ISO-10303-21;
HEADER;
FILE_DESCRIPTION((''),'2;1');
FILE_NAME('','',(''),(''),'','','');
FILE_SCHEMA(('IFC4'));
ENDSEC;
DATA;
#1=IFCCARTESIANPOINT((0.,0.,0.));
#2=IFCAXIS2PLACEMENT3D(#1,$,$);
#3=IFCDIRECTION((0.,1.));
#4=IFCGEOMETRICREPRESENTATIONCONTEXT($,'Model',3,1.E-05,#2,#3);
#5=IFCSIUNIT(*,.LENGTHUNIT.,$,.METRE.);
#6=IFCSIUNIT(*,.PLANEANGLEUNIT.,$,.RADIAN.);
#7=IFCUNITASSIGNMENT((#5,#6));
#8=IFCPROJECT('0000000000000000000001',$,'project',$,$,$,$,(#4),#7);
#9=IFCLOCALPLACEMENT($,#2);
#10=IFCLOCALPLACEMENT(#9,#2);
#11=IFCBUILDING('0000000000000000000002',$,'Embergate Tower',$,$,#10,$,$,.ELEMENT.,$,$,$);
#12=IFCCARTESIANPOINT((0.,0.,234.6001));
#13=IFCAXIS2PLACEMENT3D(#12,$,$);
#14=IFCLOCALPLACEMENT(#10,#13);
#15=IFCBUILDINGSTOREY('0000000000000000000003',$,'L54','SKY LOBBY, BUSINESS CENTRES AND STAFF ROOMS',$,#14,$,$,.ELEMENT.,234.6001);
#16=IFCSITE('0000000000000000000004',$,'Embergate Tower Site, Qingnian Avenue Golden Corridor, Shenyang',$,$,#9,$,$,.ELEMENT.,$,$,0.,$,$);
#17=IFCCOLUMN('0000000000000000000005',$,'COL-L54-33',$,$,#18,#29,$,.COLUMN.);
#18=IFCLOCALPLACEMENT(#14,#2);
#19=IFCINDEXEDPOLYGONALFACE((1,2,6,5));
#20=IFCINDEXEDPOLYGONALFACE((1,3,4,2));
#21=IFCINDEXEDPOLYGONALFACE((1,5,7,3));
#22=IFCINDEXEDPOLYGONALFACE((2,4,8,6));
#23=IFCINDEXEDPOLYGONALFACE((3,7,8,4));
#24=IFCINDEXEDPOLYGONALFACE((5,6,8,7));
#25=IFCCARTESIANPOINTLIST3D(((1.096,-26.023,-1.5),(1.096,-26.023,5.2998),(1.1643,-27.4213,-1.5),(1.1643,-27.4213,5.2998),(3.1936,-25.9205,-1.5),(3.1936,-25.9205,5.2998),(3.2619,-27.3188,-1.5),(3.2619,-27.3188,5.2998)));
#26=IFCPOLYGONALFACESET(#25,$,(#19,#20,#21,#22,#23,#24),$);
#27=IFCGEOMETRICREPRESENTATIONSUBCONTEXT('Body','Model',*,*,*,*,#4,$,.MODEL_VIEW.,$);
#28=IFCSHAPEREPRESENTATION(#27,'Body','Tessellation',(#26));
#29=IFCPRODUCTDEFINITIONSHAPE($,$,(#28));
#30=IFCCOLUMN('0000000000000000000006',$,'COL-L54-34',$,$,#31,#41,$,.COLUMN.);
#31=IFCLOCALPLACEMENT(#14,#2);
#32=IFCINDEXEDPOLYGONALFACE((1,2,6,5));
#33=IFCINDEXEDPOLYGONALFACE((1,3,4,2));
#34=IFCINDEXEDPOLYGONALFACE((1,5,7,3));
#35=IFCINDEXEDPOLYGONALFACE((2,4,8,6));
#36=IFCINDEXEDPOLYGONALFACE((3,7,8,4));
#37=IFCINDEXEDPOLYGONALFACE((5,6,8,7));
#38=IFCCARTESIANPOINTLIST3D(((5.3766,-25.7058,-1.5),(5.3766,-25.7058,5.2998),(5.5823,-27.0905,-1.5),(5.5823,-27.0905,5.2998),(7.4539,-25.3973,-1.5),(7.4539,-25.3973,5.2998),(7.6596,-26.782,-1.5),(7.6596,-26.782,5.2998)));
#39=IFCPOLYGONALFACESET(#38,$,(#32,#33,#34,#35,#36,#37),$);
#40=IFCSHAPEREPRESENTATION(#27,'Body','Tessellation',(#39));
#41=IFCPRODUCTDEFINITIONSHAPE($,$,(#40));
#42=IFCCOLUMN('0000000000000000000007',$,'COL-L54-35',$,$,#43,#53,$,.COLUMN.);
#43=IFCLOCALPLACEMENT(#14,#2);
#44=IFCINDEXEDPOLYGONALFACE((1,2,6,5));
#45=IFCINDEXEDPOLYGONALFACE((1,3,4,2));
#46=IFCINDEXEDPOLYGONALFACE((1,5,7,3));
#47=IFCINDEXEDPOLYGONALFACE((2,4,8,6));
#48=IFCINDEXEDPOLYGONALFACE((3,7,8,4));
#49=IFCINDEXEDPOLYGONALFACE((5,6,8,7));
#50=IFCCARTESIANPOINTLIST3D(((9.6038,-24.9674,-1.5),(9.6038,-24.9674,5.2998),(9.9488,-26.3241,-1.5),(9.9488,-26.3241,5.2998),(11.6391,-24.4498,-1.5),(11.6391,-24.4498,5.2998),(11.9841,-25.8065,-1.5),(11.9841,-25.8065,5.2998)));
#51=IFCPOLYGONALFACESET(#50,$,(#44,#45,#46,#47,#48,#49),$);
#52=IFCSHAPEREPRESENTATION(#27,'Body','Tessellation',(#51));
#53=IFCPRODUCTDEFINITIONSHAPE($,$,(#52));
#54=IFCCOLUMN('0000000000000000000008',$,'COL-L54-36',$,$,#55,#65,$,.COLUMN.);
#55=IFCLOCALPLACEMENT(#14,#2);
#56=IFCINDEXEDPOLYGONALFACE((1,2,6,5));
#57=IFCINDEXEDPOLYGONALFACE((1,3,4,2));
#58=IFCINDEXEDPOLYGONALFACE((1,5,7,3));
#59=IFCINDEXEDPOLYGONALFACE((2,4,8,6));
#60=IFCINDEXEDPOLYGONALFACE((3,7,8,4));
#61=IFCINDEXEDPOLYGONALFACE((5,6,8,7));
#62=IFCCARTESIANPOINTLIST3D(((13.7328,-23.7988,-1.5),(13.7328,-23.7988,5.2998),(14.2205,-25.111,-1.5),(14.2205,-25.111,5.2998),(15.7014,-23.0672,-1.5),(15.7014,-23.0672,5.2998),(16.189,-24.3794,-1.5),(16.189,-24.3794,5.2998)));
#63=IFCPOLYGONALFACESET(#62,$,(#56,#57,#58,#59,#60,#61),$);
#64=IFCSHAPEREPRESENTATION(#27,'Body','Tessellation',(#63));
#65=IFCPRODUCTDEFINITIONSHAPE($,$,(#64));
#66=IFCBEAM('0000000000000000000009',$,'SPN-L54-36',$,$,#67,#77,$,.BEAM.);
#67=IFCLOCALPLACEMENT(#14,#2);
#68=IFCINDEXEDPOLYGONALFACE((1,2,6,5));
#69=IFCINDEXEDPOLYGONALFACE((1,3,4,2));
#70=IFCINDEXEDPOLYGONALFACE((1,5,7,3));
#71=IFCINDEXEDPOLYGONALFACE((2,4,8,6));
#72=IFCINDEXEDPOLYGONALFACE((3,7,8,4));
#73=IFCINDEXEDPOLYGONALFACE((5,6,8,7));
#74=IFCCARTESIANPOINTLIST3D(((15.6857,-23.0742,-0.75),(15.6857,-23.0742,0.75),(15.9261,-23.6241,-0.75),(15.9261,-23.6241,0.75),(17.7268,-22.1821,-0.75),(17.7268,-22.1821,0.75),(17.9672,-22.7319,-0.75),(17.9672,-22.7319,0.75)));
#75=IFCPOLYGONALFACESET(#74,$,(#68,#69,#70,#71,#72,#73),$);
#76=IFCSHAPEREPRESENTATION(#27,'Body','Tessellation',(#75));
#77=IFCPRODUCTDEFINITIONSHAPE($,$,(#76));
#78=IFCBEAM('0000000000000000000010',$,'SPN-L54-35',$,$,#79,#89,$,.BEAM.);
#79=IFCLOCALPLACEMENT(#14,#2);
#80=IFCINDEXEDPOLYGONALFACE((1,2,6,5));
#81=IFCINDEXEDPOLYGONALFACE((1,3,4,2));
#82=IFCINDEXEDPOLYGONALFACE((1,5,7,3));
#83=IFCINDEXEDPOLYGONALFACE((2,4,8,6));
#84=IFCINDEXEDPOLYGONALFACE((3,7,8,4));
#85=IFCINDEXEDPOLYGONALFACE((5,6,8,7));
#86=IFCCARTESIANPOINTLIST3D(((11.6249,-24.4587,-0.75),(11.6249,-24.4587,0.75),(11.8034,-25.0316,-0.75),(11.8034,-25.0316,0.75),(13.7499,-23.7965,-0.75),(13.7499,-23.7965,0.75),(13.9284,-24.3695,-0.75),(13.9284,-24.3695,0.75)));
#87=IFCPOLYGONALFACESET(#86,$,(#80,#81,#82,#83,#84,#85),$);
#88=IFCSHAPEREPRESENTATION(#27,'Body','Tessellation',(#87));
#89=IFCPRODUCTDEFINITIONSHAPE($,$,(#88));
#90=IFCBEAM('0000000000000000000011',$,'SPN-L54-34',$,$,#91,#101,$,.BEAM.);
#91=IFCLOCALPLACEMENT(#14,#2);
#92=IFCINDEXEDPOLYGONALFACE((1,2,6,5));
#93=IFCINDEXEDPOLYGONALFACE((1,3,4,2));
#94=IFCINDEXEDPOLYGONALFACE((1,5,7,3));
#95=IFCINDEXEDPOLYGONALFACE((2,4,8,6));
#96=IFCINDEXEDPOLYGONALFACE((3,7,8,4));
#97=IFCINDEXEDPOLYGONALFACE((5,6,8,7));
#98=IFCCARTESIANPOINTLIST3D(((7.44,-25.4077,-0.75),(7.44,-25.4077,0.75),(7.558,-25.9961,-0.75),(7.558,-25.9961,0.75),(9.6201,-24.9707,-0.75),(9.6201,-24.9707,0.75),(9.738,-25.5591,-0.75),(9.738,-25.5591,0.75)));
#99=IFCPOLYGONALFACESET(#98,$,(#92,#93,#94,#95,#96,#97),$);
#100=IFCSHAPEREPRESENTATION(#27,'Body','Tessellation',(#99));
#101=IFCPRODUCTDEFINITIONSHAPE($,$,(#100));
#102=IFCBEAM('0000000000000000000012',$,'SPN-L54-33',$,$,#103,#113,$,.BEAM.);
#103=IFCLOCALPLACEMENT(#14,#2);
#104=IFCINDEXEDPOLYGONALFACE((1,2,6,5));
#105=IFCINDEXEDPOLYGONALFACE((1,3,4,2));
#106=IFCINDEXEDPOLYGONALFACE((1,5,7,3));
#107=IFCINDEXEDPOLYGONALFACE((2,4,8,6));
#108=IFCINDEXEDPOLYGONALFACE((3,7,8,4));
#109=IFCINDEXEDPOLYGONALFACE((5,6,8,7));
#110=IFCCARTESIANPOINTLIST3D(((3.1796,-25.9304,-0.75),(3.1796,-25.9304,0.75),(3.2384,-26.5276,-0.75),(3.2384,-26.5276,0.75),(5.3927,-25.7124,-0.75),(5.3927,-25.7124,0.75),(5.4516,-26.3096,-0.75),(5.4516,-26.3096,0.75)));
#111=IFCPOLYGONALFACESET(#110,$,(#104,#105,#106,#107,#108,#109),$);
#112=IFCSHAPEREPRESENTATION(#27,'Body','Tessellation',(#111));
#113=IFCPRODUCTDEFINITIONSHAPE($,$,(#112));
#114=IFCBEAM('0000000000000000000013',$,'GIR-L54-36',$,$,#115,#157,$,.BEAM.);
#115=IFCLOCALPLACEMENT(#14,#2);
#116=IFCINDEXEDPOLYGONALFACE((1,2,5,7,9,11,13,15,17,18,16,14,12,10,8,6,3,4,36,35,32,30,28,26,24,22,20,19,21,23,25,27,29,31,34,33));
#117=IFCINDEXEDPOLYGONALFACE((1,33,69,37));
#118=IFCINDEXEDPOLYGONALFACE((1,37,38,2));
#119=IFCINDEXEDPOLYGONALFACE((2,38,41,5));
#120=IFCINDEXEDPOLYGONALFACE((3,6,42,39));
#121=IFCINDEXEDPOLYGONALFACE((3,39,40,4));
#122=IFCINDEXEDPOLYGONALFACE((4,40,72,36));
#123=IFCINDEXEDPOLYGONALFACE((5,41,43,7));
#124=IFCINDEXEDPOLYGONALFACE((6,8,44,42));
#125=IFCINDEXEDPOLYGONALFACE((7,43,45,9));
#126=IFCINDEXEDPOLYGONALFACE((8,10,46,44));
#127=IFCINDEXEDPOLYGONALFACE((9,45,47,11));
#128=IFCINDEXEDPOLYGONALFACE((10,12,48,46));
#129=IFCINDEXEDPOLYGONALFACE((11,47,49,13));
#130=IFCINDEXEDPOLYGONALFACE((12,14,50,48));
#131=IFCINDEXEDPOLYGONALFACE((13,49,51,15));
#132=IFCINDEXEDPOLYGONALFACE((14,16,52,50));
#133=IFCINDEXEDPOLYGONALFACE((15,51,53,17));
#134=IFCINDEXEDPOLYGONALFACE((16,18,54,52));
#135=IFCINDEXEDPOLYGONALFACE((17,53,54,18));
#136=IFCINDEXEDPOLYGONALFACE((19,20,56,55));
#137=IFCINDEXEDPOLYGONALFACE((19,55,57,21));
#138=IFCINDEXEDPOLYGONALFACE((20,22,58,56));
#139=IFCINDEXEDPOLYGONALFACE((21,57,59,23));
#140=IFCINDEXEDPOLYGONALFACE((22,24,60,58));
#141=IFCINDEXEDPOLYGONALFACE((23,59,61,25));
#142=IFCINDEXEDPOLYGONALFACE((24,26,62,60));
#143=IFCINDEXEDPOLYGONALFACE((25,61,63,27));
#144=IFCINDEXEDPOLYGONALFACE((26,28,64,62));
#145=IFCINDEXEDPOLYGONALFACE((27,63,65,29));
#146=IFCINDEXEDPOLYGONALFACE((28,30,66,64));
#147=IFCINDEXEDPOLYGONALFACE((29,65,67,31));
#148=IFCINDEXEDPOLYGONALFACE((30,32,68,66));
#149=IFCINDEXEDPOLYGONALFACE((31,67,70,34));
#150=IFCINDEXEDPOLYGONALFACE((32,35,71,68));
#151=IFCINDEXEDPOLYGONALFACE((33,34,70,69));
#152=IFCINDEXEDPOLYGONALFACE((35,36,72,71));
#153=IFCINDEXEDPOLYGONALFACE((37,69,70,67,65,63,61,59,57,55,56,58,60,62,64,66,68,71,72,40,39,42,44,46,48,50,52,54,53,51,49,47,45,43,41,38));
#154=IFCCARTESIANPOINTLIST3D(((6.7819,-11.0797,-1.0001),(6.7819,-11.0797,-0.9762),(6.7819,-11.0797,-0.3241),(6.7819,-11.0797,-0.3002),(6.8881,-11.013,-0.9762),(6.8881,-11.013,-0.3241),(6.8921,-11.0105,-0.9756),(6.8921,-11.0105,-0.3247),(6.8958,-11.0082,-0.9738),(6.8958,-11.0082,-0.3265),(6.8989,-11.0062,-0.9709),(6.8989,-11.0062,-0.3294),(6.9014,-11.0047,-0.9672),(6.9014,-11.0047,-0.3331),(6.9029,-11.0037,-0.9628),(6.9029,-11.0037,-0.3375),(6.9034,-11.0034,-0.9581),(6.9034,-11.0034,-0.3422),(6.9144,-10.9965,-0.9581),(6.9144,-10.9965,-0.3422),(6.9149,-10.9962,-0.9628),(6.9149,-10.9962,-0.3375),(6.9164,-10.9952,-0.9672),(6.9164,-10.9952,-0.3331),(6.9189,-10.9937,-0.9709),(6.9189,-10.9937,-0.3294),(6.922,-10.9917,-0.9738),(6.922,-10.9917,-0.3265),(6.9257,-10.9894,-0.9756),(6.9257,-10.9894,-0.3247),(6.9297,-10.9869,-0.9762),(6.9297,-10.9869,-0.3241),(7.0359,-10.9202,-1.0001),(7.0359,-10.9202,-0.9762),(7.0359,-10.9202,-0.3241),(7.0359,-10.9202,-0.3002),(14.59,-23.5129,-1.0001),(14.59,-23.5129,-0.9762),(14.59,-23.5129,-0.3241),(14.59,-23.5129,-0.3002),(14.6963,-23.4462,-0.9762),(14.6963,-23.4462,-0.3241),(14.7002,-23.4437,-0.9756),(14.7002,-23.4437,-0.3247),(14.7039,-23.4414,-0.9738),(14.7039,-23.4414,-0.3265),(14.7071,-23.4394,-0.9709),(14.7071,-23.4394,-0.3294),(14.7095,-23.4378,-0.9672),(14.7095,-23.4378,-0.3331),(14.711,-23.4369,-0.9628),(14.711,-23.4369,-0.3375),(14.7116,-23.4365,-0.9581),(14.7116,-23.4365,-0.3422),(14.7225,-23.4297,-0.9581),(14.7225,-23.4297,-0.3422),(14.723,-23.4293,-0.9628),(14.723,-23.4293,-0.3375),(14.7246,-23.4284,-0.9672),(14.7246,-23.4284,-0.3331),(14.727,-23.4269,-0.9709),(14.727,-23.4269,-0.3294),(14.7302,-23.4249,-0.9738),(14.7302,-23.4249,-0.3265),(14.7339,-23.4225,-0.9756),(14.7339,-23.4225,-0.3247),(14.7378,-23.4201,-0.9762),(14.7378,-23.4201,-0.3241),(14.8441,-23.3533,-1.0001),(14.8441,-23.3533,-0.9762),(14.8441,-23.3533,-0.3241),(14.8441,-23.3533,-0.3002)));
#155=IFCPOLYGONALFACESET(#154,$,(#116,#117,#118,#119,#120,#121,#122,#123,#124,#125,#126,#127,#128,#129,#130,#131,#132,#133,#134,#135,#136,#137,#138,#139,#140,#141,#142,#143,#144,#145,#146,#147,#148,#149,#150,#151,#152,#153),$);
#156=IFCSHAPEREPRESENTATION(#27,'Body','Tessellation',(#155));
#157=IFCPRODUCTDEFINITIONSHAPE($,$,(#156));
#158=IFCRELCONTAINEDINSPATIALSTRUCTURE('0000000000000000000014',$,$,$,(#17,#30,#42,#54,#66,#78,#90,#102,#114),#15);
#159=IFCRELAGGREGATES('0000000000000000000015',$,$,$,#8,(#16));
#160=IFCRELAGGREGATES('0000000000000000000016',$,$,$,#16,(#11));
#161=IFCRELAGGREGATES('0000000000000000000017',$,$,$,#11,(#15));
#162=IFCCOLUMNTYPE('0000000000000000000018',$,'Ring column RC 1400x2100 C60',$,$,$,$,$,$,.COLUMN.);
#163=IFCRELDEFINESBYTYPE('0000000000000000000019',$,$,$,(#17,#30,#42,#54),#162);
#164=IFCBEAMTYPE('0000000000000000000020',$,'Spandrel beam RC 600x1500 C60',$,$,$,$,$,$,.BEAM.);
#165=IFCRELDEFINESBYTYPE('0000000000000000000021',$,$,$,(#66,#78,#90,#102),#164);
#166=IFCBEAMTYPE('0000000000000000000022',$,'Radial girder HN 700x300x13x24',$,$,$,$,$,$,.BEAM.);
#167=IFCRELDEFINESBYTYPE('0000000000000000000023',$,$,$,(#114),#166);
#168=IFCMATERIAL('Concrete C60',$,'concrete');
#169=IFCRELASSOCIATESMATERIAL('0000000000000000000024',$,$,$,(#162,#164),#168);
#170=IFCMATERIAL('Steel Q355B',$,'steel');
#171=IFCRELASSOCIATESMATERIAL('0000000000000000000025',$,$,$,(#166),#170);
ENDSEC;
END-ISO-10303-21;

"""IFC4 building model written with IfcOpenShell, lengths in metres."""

from ifc_helpers import new_model, si_unit, direction, frame, origin, origin_2d, place, context, subcontext, project, spatial, rectangle, i_section, extrude, source, transform, mapped, material, material_profile, profile_set, type_object, element, save


model = new_model("IFC4")

# Units and contexts
model_context = context("Model", 3, precision=1e-05, world=origin(), true_north=direction((0.0, 1.0)))
body_context = subcontext(model_context, "Body", "Model", "MODEL_VIEW")
ifc_project = project(units=[si_unit("LENGTHUNIT", "METRE"), si_unit("PLANEANGLEUNIT", "RADIAN")], contexts=[model_context])

# Site, building, storey
site_placement = place(None, origin())
site = spatial("IfcSite", under=ifc_project, at=site_placement, Name="Embergate Tower Site, Qingnian Avenue Golden Corridor, Shenyang", CompositionType="ELEMENT", RefElevation=0.0)
building_placement = place(site_placement, origin())
building = spatial("IfcBuilding", under=site, at=building_placement, Name="Embergate Tower", CompositionType="ELEMENT")
storey_placement = place(building_placement, frame((0.0, 0.0, 234.6001)))
storey = spatial("IfcBuildingStorey", under=building, at=storey_placement, Name="L54", Description="SKY LOBBY, BUSINESS CENTRES AND STAFF ROOMS", CompositionType="ELEMENT", Elevation=234.6001)

# Columns
ifc_material_1 = material(Name="Concrete C60", Category="concrete")
ifc_material_profile_1 = material_profile(ifc_material_1, rectangle(XDim=1.3999, YDim=2.1001, at=origin_2d()), Name="RC 1400x2100")
ifc_profile_set_1 = profile_set([ifc_material_profile_1], Name="Concrete C60")
column_type = type_object("IfcColumnType", Name="Ring column RC 1400x2100 C60", PredefinedType="COLUMN", material=ifc_profile_set_1)
shared_shape_1 = source(origin(), body_context, "Body", "SweptSolid", [
    extrude(rectangle(XDim=1.3999, YDim=2.1001, at=origin_2d()), origin(), (0.0, 0.0, 1.0), 6.7998),
])
for number, where, z_axis, x_axis, name in (
    (1, (2.179, -26.6709, -1.5), (0.0, 0.0, 1.0), (0.048815, -0.998808, 0.0), "COL-L54-33"),
    (2, (6.5181, -26.2439, -1.5), (0.0, 0.0, 1.0), (0.146929, -0.989147, 0.0), "COL-L54-34"),
    (3, (10.7939, -25.387, -1.5), (0.0, 0.0, 1.0), (0.246492, -0.969145, 0.0), "COL-L54-35"),
    (4, (14.9609, -24.0891, -1.5), (0.0, 0.0, 1.0), (0.348343, -0.937367, 0.0), "COL-L54-36"),
):
    element("IfcColumn", number, at=place(storey_placement, frame(where, z_axis=z_axis, x_axis=x_axis)), inside=storey, type_object=column_type, Name=name, PredefinedType="COLUMN", context=body_context, shape_type="MappedRepresentation", body=[
        mapped(shared_shape_1, transform((0.0, 0.0, 0.0))),
    ])

# Beams
ifc_material_profile_2 = material_profile(ifc_material_1, rectangle(XDim=0.6001, YDim=1.5, at=origin_2d()), Name="RC 600x1500")
ifc_profile_set_2 = profile_set([ifc_material_profile_2], Name="Concrete C60")
beam_type_1 = type_object("IfcBeamType", Name="Spandrel beam RC 600x1500 C60", PredefinedType="BEAM", material=ifc_profile_set_2)
shared_shape_2 = source(origin(), body_context, "Body", "SweptSolid", [
    extrude(rectangle(XDim=0.6001, YDim=1.5, at=origin_2d()), origin(), (0.0, 0.0, 1.0), 2.2275),
])
beam_1_placement = place(storey_placement, frame((15.8059, -23.3491, 0.0), z_axis=(0.916298, 0.400497, 0.0), x_axis=(-0.400497, 0.916298, 0.0)))
element("IfcBeam", 5, at=beam_1_placement, inside=storey, type_object=beam_type_1, Name="SPN-L54-36", PredefinedType="BEAM", context=body_context, shape_type="MappedRepresentation", body=[
    mapped(shared_shape_2, transform((0.0, 0.0, 0.0))),
])
shared_shape_3 = source(origin(), body_context, "Body", "SweptSolid", [
    extrude(rectangle(XDim=0.6001, YDim=1.5, at=origin_2d()), origin(), (0.0, 0.0, 1.0), 2.2258),
])
beam_2_placement = place(storey_placement, frame((11.7141, -24.7451, 0.0), z_axis=(0.954729, 0.297475, 0.0), x_axis=(-0.297475, 0.954729, 0.0)))
element("IfcBeam", 6, at=beam_2_placement, inside=storey, type_object=beam_type_1, Name="SPN-L54-35", PredefinedType="BEAM", context=body_context, shape_type="MappedRepresentation", body=[
    mapped(shared_shape_3, transform((0.0, 0.0, 0.0))),
])
shared_shape_4 = source(origin(), body_context, "Body", "SweptSolid", [
    extrude(rectangle(XDim=0.6001, YDim=1.5, at=origin_2d()), origin(), (0.0, 0.0, 1.0), 2.2234),
])
beam_3_placement = place(storey_placement, frame((7.499, -25.7019, 0.0), z_axis=(0.980492, 0.19656, 0.0), x_axis=(-0.19656, 0.980492, 0.0)))
element("IfcBeam", 7, at=beam_3_placement, inside=storey, type_object=beam_type_1, Name="SPN-L54-34", PredefinedType="BEAM", context=body_context, shape_type="MappedRepresentation", body=[
    mapped(shared_shape_4, transform((0.0, 0.0, 0.0))),
])
shared_shape_5 = source(origin(), body_context, "Body", "SweptSolid", [
    extrude(rectangle(XDim=0.6001, YDim=1.5, at=origin_2d()), origin(), (0.0, 0.0, 1.0), 2.2239),
])
beam_4_placement = place(storey_placement, frame((3.209, -26.229, 0.0), z_axis=(0.995183, 0.098036, 0.0), x_axis=(-0.098036, 0.995183, 0.0)))
element("IfcBeam", 8, at=beam_4_placement, inside=storey, type_object=beam_type_1, Name="SPN-L54-33", PredefinedType="BEAM", context=body_context, shape_type="MappedRepresentation", body=[
    mapped(shared_shape_5, transform((0.0, 0.0, 0.0))),
])
ifc_material_2 = material(Name="Steel Q355B", Category="steel")
ifc_material_profile_3 = material_profile(ifc_material_2, i_section(OverallWidth=0.3, OverallDepth=0.7, WebThickness=0.0129, FlangeThickness=0.0239, FilletRadius=0.0181, at=origin_2d()), Name="HN 700x300x13x24")
ifc_profile_set_3 = profile_set([ifc_material_profile_3], Name="Steel Q355 grade B")
beam_type_2 = type_object("IfcBeamType", Name="Radial girder HN 700x300x13x24", PredefinedType="BEAM", material=ifc_profile_set_3)
shared_shape_6 = source(origin(), body_context, "Body", "SweptSolid", [
    extrude(i_section(OverallWidth=0.3, OverallDepth=0.7, WebThickness=0.0129, FlangeThickness=0.0239, FilletRadius=0.0181, at=origin_2d()), origin(), (0.0, 0.0, 1.0), 14.6816),
])
beam_5_placement = place(storey_placement, frame((14.717, -23.4331, -0.6501), z_axis=(-0.53183, 0.846851, 0.0), x_axis=(-0.846851, -0.53183, 0.0)))
element("IfcBeam", 9, at=beam_5_placement, inside=storey, type_object=beam_type_2, Name="GIR-L54-36", PredefinedType="BEAM", context=body_context, shape_type="MappedRepresentation", body=[
    mapped(shared_shape_6, transform((0.0, 0.0, 0.0))),
])

save(model, "model.ifc")
